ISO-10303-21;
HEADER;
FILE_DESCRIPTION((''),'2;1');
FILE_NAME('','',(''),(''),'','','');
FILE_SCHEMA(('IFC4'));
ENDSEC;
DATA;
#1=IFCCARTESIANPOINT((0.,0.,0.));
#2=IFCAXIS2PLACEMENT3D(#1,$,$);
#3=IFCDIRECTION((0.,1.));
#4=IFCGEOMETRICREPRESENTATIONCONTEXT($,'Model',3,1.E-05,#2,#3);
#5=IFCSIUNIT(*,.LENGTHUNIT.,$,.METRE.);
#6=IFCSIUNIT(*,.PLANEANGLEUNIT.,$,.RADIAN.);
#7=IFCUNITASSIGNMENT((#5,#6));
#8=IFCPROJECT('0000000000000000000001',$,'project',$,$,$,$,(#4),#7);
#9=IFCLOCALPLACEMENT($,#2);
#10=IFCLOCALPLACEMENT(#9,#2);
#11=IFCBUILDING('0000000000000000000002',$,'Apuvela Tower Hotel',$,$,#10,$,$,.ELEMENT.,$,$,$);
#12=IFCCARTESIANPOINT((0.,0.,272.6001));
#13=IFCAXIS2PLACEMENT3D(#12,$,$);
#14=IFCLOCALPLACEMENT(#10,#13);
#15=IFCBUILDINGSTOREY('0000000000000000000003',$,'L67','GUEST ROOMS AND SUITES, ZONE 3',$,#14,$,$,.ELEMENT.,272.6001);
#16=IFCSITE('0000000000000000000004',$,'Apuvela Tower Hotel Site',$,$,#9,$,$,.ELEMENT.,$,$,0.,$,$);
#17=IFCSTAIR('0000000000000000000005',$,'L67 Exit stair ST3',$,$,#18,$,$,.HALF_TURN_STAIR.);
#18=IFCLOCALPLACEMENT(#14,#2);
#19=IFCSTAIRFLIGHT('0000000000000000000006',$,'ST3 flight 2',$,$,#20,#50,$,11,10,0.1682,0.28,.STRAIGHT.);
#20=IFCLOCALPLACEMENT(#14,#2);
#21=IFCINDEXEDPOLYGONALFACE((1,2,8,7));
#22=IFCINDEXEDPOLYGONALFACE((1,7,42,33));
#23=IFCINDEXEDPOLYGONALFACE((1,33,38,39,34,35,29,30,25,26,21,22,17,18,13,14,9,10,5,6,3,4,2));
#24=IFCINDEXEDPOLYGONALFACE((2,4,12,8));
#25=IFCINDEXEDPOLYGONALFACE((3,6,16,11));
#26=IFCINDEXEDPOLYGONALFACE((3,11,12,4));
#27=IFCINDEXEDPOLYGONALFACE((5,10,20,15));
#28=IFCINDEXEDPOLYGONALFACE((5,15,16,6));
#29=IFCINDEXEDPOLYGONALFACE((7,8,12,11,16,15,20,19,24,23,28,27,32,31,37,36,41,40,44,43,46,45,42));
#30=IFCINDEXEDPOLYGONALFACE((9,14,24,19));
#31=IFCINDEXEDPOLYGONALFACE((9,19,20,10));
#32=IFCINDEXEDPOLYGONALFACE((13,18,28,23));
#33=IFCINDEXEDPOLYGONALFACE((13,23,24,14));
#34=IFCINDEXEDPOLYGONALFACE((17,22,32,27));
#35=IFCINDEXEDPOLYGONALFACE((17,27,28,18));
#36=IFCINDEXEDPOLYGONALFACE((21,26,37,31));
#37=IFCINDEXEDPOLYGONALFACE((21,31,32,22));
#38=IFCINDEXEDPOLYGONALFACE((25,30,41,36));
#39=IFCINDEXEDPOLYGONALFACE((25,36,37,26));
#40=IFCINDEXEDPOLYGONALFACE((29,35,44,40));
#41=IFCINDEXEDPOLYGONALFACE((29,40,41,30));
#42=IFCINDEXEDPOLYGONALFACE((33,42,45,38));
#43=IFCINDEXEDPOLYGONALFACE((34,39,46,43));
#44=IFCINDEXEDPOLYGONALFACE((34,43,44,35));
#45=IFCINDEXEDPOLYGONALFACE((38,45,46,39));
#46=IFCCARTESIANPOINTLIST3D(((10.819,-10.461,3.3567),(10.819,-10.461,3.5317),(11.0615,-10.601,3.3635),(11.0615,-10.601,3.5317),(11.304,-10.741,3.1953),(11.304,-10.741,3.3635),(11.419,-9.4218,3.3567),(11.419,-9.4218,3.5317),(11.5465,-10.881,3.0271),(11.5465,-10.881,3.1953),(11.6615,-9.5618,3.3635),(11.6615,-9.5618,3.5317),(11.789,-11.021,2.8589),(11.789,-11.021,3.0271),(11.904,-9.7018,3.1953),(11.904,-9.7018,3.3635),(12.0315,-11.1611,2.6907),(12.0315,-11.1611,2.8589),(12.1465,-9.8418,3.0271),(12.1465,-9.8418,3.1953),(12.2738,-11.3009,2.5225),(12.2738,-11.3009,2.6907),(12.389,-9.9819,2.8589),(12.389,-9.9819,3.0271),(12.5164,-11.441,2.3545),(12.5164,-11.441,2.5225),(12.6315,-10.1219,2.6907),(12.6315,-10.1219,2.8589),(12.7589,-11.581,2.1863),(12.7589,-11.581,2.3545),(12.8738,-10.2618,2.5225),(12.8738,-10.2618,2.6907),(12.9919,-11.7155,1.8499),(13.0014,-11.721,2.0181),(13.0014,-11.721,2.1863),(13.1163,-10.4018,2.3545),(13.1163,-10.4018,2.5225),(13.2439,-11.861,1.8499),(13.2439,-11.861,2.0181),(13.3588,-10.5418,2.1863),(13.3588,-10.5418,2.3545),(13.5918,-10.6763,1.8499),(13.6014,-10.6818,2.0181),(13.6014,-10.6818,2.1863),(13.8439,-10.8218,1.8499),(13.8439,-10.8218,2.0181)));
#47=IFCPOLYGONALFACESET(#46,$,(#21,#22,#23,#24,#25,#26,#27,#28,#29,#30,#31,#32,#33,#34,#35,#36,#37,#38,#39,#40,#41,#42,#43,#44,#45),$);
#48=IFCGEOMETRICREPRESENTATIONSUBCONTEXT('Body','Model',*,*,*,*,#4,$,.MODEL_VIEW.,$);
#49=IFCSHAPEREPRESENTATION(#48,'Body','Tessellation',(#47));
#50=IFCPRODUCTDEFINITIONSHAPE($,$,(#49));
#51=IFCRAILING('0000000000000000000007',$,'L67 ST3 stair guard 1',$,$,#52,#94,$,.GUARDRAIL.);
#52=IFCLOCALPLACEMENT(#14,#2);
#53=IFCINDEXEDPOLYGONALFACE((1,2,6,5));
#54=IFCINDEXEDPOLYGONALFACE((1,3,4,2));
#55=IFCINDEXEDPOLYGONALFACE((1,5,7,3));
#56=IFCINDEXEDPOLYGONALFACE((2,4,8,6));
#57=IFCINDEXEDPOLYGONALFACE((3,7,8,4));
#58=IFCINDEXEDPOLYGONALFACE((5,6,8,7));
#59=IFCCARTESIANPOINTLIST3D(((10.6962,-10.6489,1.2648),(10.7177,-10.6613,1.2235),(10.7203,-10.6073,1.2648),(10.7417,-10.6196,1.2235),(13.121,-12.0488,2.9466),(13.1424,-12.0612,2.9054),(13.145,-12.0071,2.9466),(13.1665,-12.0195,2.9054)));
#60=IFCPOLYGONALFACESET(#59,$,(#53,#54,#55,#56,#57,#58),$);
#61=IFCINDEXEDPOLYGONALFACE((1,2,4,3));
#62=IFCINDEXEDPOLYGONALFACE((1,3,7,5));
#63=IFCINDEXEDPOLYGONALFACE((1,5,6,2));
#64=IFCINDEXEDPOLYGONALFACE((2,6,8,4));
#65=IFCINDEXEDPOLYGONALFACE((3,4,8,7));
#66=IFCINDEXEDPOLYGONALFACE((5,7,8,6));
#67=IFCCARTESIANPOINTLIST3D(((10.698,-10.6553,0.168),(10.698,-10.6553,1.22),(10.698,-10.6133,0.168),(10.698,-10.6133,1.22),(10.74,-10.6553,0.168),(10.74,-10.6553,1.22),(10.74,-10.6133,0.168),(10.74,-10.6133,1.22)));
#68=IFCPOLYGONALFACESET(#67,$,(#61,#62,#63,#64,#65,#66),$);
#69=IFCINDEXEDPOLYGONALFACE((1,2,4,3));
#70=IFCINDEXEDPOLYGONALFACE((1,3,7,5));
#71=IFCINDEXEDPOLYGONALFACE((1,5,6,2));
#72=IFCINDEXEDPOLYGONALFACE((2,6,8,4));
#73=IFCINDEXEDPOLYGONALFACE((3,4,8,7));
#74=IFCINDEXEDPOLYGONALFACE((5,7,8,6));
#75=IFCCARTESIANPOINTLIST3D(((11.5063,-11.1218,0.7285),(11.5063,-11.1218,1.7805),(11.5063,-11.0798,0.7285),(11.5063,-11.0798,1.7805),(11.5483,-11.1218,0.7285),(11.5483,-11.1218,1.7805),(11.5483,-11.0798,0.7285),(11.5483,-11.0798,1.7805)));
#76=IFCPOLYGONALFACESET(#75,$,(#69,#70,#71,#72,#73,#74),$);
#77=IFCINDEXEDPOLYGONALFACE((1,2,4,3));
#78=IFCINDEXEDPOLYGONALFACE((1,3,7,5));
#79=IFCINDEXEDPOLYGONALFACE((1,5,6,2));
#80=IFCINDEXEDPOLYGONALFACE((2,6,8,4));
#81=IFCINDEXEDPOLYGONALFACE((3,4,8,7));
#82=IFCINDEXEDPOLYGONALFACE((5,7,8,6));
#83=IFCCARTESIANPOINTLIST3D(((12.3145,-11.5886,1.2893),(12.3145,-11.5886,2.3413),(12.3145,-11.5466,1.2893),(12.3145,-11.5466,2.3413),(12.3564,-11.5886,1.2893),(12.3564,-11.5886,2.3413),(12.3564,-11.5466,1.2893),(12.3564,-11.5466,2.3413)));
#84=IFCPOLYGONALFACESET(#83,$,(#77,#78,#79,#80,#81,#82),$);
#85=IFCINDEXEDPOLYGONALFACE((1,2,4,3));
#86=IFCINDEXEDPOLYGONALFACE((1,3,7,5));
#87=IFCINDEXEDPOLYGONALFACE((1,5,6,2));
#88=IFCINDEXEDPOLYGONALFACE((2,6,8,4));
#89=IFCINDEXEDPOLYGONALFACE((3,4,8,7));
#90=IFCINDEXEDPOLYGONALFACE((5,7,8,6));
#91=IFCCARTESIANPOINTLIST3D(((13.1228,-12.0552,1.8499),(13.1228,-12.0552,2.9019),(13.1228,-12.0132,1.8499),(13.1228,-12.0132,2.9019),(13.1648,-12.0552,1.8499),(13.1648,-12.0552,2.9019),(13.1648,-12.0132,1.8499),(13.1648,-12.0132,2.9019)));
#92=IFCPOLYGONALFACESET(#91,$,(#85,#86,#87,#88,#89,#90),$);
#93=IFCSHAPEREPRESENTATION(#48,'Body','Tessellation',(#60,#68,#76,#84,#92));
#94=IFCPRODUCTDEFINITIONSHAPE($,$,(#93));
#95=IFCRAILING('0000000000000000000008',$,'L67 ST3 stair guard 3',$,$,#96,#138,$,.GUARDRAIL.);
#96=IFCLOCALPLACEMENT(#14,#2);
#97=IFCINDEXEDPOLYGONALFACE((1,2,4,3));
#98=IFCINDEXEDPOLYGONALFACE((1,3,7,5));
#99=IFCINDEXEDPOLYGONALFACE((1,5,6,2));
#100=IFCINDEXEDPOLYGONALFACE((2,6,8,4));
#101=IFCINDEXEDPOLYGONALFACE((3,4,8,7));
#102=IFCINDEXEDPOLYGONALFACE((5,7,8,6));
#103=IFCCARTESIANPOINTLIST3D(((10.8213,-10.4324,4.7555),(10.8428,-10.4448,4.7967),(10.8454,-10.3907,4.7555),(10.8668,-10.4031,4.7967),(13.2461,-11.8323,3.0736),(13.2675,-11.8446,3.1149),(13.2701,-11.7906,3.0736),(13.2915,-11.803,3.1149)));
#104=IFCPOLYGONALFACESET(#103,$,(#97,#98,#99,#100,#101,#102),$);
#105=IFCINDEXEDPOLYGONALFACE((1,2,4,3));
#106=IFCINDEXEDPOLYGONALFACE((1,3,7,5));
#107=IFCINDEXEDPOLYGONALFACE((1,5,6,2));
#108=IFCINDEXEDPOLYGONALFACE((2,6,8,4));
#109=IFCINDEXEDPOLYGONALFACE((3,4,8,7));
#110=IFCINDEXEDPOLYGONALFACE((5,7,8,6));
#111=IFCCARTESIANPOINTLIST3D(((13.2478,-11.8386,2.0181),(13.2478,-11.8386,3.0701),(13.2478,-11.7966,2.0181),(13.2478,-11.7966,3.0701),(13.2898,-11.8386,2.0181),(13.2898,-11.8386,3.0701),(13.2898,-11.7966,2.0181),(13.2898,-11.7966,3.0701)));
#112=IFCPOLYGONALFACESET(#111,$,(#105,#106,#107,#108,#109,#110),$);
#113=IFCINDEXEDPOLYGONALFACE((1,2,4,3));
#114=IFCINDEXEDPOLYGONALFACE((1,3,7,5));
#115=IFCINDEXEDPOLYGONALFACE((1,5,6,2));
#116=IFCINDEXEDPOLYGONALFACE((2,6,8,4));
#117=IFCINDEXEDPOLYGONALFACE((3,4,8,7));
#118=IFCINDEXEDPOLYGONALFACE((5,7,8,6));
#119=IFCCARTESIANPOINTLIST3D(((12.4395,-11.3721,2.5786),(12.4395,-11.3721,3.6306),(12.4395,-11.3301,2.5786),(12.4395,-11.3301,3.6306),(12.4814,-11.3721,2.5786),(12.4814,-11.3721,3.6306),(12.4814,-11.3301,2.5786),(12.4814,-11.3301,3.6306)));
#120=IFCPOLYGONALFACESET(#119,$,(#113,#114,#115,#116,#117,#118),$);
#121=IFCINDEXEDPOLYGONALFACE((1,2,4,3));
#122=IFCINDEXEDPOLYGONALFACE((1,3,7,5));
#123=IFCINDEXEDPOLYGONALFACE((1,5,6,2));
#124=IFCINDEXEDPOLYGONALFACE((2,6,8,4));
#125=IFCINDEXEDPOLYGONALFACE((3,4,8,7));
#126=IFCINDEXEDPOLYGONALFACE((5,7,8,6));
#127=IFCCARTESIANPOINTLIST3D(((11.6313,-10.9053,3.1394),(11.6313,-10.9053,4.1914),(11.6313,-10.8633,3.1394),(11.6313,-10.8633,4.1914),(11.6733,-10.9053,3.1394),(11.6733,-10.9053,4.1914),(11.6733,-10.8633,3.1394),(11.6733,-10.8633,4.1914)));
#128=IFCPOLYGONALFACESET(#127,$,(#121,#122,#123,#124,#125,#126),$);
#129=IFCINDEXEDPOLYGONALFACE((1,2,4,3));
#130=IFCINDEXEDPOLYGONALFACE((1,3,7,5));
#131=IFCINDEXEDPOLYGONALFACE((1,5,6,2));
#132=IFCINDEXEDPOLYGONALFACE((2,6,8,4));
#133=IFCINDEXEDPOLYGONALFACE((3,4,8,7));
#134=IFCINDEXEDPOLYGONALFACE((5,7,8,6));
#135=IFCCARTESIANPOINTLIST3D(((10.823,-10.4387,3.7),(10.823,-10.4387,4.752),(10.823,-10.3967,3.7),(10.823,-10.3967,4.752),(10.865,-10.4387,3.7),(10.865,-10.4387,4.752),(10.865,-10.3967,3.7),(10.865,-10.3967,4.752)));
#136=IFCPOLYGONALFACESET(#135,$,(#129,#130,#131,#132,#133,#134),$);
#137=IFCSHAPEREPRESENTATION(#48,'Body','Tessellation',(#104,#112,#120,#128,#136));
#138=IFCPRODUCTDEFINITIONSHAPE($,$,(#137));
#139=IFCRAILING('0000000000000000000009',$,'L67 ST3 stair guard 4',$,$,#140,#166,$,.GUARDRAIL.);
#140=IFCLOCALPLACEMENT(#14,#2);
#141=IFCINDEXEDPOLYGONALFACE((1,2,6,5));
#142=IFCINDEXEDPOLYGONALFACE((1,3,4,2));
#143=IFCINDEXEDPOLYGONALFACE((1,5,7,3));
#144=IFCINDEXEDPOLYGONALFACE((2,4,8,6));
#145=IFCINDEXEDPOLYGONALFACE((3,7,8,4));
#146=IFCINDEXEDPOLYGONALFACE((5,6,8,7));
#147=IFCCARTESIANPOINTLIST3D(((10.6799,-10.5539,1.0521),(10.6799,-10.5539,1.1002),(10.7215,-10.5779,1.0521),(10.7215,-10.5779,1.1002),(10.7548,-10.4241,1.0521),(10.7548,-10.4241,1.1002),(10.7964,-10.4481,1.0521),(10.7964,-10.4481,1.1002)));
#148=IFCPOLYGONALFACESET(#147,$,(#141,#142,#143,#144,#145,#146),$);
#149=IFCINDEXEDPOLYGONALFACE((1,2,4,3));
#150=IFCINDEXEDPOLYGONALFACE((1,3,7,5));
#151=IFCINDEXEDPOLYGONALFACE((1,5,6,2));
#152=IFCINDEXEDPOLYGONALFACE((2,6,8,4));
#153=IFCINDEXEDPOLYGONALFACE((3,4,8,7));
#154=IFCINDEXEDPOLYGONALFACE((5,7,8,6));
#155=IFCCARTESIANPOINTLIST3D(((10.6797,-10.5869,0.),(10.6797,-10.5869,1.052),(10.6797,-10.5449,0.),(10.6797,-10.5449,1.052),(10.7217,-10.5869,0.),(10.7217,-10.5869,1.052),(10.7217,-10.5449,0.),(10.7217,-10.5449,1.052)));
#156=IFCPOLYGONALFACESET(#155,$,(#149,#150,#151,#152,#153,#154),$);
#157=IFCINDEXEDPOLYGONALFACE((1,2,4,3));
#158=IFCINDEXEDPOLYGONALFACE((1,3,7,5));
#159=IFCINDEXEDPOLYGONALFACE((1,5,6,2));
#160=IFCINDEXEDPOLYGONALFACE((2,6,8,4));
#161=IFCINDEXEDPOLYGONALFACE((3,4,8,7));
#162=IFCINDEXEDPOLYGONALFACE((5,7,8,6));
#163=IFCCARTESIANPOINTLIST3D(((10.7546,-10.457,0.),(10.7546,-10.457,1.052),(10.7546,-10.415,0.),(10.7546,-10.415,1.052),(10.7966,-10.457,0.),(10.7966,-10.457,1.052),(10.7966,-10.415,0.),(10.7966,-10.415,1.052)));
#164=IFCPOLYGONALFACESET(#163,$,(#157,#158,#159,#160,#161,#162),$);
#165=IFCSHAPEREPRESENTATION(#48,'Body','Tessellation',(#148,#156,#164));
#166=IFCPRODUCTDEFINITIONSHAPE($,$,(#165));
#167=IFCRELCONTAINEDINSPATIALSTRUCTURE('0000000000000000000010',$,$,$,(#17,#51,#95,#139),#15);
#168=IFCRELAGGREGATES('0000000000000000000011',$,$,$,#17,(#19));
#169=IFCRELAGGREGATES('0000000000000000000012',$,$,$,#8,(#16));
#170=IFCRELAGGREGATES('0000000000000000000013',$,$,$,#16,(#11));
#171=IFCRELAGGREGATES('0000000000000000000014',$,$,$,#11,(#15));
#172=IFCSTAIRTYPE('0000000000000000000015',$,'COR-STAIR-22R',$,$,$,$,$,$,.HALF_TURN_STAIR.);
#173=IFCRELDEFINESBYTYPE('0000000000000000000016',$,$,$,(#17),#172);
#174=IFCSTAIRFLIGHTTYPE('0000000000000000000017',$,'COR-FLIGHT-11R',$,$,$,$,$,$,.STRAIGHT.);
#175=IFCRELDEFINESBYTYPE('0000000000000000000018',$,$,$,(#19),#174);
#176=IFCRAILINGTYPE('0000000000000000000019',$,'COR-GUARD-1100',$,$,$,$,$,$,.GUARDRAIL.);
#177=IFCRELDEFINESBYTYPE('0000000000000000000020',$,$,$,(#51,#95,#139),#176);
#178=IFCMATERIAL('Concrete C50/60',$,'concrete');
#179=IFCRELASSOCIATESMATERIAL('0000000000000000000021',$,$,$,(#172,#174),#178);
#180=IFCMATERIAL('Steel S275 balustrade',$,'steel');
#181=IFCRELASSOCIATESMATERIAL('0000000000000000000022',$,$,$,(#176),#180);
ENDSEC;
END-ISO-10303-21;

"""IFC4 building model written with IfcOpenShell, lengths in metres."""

from ifc_helpers import new_model, si_unit, direction, frame, origin, origin_2d, place, context, subcontext, project, spatial, polyline, rectangle, outline, extrude, material, type_object, element, aggregate, save


model = new_model("IFC4")

# Units and contexts
model_context = context("Model", 3, precision=1e-05, world=origin(), true_north=direction((0.0, 1.0)))
body_context = subcontext(model_context, "Body", "Model", "MODEL_VIEW")
ifc_project = project(units=[si_unit("LENGTHUNIT", "METRE"), si_unit("PLANEANGLEUNIT", "RADIAN")], contexts=[model_context])

# Site, building, storey
site_placement = place(None, origin())
site = spatial("IfcSite", under=ifc_project, at=site_placement, Name="Apuvela Tower Hotel Site", CompositionType="ELEMENT", RefElevation=0.0)
building_placement = place(site_placement, origin())
building = spatial("IfcBuilding", under=site, at=building_placement, Name="Apuvela Tower Hotel", CompositionType="ELEMENT")
storey_placement = place(building_placement, frame((0.0, 0.0, 272.6001)))
storey = spatial("IfcBuildingStorey", under=building, at=storey_placement, Name="L67", Description="GUEST ROOMS AND SUITES, ZONE 3", CompositionType="ELEMENT", Elevation=272.6001)

# Shared definitions
ifc_material_1 = material(Name="Concrete C50/60", Category="concrete")

# Stair, stair flight
stair_type = type_object("IfcStairType", Name="COR-STAIR-22R", PredefinedType="HALF_TURN_STAIR", material=ifc_material_1)
stair_placement = place(storey_placement, origin())
stair = element("IfcStair", 1, at=stair_placement, inside=storey, type_object=stair_type, Name="L67 Exit stair ST3", PredefinedType="HALF_TURN_STAIR")
stair_flight_type = type_object("IfcStairFlightType", Name="COR-FLIGHT-11R", PredefinedType="STRAIGHT", material=ifc_material_1)
stair_flight_1_placement = place(storey_placement, frame((13.5439, -11.3413, 1.8499), z_axis=(0.0, 0.0, 1.0), x_axis=(-0.866025, 0.5, 0.0)))
stair_flight_1 = element("IfcStairFlight", 2, at=stair_flight_1_placement, type_object=stair_flight_type, Name="ST3 flight 2", NumberOfRisers=11, NumberOfTreads=10, PredefinedType="STRAIGHT", RiserHeight=0.1682, TreadLength=0.28, context=body_context, shape_type="SweptSolid", body=[
    extrude(outline(polyline([(0.0, 0.0), (0.0, 0.1682), (0.28, 0.1682), (0.28, 0.3364), (0.5601, 0.3364), (0.5601, 0.5046), (0.8401, 0.5046), (0.8401, 0.6726), (1.1201, 0.6726), (1.1201, 0.8408), (1.3999, 0.8408), (1.3999, 1.009), (1.6799, 1.009), (1.6799, 1.1772), (1.96, 1.1772), (1.96, 1.3455), (2.24, 1.3455), (2.24, 1.5137), (2.52, 1.5137), (2.52, 1.6819), (2.8, 1.6819), (2.8, 1.8501), (2.8, 1.5068), (0.291, 0.0), (0.0, 0.0)])), frame((0.0, 0.6001, 0.0), z_axis=(0.0, -1.0, 0.0), x_axis=(1.0, 0.0, 0.0)), (0.0, 0.0, 1.0), 1.2),
])
aggregate(stair, [stair_flight_1])

# Railings
ifc_material_2 = material(Name="Steel S275 balustrade", Category="steel")
railing_type_1 = type_object("IfcRailingType", Name="COR-GUARD-1100", PredefinedType="GUARDRAIL", material=ifc_material_2)
railing_1_placement = place(storey_placement, frame((10.719, -10.6343, 0.168)))
element("IfcRailing", 3, at=railing_1_placement, inside=storey, type_object=railing_type_1, Name="L67 ST3 stair guard 1", PredefinedType="GUARDRAIL", context=body_context, shape_type="SweptSolid", body=[
    extrude(rectangle(XDim=0.0481, YDim=0.0481, at=origin_2d()), frame((0.0, 0.0, 1.0762), z_axis=(0.74239, -0.428601, 0.514934), x_axis=(0.499984, 0.866035, 0.0)), (0.0, 0.0, 1.0), 3.2661),
    extrude(rectangle(XDim=0.042, YDim=0.042, at=origin_2d()), origin(), (0.0, 0.0, 1.0), 1.052),
    extrude(rectangle(XDim=0.042, YDim=0.042, at=origin_2d()), frame((0.8083, -0.4666, 0.5605)), (0.0, 0.0, 1.0), 1.052),
    extrude(rectangle(XDim=0.042, YDim=0.042, at=origin_2d()), frame((1.6165, -0.9333, 1.1213)), (0.0, 0.0, 1.0), 1.052),
    extrude(rectangle(XDim=0.042, YDim=0.042, at=origin_2d()), frame((2.4248, -1.3999, 1.6819)), (0.0, 0.0, 1.0), 1.052),
])
railing_2_placement = place(storey_placement, frame((13.2688, -11.8176, 2.0181)))
element("IfcRailing", 4, at=railing_2_placement, inside=storey, type_object=railing_type_1, Name="L67 ST3 stair guard 3", PredefinedType="GUARDRAIL", context=body_context, shape_type="SweptSolid", body=[
    extrude(rectangle(XDim=0.0481, YDim=0.0481, at=origin_2d()), frame((0.0, 0.0, 1.0762), z_axis=(-0.74239, 0.428601, 0.514934), x_axis=(-0.499984, -0.866035, 0.0)), (0.0, 0.0, 1.0), 3.2661),
    extrude(rectangle(XDim=0.042, YDim=0.042, at=origin_2d()), origin(), (0.0, 0.0, 1.0), 1.052),
    extrude(rectangle(XDim=0.042, YDim=0.042, at=origin_2d()), frame((-0.8083, 0.4666, 0.5605)), (0.0, 0.0, 1.0), 1.052),
    extrude(rectangle(XDim=0.042, YDim=0.042, at=origin_2d()), frame((-1.6165, 0.9333, 1.1213)), (0.0, 0.0, 1.0), 1.052),
    extrude(rectangle(XDim=0.042, YDim=0.042, at=origin_2d()), frame((-2.4248, 1.3999, 1.6819)), (0.0, 0.0, 1.0), 1.052),
])
railing_3_placement = place(storey_placement, frame((10.7007, -10.5659, 0.0)))
element("IfcRailing", 5, at=railing_3_placement, inside=storey, type_object=railing_type_1, Name="L67 ST3 stair guard 4", PredefinedType="GUARDRAIL", context=body_context, shape_type="SweptSolid", body=[
    extrude(rectangle(XDim=0.0481, YDim=0.0481, at=origin_2d()), frame((0.0, 0.0, 1.0762), z_axis=(0.499816, 0.866131, 0.0), x_axis=(-0.866131, 0.499816, 0.0)), (0.0, 0.0, 1.0), 0.1499),
    extrude(rectangle(XDim=0.042, YDim=0.042, at=origin_2d()), origin(), (0.0, 0.0, 1.0), 1.052),
    extrude(rectangle(XDim=0.042, YDim=0.042, at=origin_2d()), frame((0.075, 0.1299, 0.0)), (0.0, 0.0, 1.0), 1.052),
])

save(model, "model.ifc")
